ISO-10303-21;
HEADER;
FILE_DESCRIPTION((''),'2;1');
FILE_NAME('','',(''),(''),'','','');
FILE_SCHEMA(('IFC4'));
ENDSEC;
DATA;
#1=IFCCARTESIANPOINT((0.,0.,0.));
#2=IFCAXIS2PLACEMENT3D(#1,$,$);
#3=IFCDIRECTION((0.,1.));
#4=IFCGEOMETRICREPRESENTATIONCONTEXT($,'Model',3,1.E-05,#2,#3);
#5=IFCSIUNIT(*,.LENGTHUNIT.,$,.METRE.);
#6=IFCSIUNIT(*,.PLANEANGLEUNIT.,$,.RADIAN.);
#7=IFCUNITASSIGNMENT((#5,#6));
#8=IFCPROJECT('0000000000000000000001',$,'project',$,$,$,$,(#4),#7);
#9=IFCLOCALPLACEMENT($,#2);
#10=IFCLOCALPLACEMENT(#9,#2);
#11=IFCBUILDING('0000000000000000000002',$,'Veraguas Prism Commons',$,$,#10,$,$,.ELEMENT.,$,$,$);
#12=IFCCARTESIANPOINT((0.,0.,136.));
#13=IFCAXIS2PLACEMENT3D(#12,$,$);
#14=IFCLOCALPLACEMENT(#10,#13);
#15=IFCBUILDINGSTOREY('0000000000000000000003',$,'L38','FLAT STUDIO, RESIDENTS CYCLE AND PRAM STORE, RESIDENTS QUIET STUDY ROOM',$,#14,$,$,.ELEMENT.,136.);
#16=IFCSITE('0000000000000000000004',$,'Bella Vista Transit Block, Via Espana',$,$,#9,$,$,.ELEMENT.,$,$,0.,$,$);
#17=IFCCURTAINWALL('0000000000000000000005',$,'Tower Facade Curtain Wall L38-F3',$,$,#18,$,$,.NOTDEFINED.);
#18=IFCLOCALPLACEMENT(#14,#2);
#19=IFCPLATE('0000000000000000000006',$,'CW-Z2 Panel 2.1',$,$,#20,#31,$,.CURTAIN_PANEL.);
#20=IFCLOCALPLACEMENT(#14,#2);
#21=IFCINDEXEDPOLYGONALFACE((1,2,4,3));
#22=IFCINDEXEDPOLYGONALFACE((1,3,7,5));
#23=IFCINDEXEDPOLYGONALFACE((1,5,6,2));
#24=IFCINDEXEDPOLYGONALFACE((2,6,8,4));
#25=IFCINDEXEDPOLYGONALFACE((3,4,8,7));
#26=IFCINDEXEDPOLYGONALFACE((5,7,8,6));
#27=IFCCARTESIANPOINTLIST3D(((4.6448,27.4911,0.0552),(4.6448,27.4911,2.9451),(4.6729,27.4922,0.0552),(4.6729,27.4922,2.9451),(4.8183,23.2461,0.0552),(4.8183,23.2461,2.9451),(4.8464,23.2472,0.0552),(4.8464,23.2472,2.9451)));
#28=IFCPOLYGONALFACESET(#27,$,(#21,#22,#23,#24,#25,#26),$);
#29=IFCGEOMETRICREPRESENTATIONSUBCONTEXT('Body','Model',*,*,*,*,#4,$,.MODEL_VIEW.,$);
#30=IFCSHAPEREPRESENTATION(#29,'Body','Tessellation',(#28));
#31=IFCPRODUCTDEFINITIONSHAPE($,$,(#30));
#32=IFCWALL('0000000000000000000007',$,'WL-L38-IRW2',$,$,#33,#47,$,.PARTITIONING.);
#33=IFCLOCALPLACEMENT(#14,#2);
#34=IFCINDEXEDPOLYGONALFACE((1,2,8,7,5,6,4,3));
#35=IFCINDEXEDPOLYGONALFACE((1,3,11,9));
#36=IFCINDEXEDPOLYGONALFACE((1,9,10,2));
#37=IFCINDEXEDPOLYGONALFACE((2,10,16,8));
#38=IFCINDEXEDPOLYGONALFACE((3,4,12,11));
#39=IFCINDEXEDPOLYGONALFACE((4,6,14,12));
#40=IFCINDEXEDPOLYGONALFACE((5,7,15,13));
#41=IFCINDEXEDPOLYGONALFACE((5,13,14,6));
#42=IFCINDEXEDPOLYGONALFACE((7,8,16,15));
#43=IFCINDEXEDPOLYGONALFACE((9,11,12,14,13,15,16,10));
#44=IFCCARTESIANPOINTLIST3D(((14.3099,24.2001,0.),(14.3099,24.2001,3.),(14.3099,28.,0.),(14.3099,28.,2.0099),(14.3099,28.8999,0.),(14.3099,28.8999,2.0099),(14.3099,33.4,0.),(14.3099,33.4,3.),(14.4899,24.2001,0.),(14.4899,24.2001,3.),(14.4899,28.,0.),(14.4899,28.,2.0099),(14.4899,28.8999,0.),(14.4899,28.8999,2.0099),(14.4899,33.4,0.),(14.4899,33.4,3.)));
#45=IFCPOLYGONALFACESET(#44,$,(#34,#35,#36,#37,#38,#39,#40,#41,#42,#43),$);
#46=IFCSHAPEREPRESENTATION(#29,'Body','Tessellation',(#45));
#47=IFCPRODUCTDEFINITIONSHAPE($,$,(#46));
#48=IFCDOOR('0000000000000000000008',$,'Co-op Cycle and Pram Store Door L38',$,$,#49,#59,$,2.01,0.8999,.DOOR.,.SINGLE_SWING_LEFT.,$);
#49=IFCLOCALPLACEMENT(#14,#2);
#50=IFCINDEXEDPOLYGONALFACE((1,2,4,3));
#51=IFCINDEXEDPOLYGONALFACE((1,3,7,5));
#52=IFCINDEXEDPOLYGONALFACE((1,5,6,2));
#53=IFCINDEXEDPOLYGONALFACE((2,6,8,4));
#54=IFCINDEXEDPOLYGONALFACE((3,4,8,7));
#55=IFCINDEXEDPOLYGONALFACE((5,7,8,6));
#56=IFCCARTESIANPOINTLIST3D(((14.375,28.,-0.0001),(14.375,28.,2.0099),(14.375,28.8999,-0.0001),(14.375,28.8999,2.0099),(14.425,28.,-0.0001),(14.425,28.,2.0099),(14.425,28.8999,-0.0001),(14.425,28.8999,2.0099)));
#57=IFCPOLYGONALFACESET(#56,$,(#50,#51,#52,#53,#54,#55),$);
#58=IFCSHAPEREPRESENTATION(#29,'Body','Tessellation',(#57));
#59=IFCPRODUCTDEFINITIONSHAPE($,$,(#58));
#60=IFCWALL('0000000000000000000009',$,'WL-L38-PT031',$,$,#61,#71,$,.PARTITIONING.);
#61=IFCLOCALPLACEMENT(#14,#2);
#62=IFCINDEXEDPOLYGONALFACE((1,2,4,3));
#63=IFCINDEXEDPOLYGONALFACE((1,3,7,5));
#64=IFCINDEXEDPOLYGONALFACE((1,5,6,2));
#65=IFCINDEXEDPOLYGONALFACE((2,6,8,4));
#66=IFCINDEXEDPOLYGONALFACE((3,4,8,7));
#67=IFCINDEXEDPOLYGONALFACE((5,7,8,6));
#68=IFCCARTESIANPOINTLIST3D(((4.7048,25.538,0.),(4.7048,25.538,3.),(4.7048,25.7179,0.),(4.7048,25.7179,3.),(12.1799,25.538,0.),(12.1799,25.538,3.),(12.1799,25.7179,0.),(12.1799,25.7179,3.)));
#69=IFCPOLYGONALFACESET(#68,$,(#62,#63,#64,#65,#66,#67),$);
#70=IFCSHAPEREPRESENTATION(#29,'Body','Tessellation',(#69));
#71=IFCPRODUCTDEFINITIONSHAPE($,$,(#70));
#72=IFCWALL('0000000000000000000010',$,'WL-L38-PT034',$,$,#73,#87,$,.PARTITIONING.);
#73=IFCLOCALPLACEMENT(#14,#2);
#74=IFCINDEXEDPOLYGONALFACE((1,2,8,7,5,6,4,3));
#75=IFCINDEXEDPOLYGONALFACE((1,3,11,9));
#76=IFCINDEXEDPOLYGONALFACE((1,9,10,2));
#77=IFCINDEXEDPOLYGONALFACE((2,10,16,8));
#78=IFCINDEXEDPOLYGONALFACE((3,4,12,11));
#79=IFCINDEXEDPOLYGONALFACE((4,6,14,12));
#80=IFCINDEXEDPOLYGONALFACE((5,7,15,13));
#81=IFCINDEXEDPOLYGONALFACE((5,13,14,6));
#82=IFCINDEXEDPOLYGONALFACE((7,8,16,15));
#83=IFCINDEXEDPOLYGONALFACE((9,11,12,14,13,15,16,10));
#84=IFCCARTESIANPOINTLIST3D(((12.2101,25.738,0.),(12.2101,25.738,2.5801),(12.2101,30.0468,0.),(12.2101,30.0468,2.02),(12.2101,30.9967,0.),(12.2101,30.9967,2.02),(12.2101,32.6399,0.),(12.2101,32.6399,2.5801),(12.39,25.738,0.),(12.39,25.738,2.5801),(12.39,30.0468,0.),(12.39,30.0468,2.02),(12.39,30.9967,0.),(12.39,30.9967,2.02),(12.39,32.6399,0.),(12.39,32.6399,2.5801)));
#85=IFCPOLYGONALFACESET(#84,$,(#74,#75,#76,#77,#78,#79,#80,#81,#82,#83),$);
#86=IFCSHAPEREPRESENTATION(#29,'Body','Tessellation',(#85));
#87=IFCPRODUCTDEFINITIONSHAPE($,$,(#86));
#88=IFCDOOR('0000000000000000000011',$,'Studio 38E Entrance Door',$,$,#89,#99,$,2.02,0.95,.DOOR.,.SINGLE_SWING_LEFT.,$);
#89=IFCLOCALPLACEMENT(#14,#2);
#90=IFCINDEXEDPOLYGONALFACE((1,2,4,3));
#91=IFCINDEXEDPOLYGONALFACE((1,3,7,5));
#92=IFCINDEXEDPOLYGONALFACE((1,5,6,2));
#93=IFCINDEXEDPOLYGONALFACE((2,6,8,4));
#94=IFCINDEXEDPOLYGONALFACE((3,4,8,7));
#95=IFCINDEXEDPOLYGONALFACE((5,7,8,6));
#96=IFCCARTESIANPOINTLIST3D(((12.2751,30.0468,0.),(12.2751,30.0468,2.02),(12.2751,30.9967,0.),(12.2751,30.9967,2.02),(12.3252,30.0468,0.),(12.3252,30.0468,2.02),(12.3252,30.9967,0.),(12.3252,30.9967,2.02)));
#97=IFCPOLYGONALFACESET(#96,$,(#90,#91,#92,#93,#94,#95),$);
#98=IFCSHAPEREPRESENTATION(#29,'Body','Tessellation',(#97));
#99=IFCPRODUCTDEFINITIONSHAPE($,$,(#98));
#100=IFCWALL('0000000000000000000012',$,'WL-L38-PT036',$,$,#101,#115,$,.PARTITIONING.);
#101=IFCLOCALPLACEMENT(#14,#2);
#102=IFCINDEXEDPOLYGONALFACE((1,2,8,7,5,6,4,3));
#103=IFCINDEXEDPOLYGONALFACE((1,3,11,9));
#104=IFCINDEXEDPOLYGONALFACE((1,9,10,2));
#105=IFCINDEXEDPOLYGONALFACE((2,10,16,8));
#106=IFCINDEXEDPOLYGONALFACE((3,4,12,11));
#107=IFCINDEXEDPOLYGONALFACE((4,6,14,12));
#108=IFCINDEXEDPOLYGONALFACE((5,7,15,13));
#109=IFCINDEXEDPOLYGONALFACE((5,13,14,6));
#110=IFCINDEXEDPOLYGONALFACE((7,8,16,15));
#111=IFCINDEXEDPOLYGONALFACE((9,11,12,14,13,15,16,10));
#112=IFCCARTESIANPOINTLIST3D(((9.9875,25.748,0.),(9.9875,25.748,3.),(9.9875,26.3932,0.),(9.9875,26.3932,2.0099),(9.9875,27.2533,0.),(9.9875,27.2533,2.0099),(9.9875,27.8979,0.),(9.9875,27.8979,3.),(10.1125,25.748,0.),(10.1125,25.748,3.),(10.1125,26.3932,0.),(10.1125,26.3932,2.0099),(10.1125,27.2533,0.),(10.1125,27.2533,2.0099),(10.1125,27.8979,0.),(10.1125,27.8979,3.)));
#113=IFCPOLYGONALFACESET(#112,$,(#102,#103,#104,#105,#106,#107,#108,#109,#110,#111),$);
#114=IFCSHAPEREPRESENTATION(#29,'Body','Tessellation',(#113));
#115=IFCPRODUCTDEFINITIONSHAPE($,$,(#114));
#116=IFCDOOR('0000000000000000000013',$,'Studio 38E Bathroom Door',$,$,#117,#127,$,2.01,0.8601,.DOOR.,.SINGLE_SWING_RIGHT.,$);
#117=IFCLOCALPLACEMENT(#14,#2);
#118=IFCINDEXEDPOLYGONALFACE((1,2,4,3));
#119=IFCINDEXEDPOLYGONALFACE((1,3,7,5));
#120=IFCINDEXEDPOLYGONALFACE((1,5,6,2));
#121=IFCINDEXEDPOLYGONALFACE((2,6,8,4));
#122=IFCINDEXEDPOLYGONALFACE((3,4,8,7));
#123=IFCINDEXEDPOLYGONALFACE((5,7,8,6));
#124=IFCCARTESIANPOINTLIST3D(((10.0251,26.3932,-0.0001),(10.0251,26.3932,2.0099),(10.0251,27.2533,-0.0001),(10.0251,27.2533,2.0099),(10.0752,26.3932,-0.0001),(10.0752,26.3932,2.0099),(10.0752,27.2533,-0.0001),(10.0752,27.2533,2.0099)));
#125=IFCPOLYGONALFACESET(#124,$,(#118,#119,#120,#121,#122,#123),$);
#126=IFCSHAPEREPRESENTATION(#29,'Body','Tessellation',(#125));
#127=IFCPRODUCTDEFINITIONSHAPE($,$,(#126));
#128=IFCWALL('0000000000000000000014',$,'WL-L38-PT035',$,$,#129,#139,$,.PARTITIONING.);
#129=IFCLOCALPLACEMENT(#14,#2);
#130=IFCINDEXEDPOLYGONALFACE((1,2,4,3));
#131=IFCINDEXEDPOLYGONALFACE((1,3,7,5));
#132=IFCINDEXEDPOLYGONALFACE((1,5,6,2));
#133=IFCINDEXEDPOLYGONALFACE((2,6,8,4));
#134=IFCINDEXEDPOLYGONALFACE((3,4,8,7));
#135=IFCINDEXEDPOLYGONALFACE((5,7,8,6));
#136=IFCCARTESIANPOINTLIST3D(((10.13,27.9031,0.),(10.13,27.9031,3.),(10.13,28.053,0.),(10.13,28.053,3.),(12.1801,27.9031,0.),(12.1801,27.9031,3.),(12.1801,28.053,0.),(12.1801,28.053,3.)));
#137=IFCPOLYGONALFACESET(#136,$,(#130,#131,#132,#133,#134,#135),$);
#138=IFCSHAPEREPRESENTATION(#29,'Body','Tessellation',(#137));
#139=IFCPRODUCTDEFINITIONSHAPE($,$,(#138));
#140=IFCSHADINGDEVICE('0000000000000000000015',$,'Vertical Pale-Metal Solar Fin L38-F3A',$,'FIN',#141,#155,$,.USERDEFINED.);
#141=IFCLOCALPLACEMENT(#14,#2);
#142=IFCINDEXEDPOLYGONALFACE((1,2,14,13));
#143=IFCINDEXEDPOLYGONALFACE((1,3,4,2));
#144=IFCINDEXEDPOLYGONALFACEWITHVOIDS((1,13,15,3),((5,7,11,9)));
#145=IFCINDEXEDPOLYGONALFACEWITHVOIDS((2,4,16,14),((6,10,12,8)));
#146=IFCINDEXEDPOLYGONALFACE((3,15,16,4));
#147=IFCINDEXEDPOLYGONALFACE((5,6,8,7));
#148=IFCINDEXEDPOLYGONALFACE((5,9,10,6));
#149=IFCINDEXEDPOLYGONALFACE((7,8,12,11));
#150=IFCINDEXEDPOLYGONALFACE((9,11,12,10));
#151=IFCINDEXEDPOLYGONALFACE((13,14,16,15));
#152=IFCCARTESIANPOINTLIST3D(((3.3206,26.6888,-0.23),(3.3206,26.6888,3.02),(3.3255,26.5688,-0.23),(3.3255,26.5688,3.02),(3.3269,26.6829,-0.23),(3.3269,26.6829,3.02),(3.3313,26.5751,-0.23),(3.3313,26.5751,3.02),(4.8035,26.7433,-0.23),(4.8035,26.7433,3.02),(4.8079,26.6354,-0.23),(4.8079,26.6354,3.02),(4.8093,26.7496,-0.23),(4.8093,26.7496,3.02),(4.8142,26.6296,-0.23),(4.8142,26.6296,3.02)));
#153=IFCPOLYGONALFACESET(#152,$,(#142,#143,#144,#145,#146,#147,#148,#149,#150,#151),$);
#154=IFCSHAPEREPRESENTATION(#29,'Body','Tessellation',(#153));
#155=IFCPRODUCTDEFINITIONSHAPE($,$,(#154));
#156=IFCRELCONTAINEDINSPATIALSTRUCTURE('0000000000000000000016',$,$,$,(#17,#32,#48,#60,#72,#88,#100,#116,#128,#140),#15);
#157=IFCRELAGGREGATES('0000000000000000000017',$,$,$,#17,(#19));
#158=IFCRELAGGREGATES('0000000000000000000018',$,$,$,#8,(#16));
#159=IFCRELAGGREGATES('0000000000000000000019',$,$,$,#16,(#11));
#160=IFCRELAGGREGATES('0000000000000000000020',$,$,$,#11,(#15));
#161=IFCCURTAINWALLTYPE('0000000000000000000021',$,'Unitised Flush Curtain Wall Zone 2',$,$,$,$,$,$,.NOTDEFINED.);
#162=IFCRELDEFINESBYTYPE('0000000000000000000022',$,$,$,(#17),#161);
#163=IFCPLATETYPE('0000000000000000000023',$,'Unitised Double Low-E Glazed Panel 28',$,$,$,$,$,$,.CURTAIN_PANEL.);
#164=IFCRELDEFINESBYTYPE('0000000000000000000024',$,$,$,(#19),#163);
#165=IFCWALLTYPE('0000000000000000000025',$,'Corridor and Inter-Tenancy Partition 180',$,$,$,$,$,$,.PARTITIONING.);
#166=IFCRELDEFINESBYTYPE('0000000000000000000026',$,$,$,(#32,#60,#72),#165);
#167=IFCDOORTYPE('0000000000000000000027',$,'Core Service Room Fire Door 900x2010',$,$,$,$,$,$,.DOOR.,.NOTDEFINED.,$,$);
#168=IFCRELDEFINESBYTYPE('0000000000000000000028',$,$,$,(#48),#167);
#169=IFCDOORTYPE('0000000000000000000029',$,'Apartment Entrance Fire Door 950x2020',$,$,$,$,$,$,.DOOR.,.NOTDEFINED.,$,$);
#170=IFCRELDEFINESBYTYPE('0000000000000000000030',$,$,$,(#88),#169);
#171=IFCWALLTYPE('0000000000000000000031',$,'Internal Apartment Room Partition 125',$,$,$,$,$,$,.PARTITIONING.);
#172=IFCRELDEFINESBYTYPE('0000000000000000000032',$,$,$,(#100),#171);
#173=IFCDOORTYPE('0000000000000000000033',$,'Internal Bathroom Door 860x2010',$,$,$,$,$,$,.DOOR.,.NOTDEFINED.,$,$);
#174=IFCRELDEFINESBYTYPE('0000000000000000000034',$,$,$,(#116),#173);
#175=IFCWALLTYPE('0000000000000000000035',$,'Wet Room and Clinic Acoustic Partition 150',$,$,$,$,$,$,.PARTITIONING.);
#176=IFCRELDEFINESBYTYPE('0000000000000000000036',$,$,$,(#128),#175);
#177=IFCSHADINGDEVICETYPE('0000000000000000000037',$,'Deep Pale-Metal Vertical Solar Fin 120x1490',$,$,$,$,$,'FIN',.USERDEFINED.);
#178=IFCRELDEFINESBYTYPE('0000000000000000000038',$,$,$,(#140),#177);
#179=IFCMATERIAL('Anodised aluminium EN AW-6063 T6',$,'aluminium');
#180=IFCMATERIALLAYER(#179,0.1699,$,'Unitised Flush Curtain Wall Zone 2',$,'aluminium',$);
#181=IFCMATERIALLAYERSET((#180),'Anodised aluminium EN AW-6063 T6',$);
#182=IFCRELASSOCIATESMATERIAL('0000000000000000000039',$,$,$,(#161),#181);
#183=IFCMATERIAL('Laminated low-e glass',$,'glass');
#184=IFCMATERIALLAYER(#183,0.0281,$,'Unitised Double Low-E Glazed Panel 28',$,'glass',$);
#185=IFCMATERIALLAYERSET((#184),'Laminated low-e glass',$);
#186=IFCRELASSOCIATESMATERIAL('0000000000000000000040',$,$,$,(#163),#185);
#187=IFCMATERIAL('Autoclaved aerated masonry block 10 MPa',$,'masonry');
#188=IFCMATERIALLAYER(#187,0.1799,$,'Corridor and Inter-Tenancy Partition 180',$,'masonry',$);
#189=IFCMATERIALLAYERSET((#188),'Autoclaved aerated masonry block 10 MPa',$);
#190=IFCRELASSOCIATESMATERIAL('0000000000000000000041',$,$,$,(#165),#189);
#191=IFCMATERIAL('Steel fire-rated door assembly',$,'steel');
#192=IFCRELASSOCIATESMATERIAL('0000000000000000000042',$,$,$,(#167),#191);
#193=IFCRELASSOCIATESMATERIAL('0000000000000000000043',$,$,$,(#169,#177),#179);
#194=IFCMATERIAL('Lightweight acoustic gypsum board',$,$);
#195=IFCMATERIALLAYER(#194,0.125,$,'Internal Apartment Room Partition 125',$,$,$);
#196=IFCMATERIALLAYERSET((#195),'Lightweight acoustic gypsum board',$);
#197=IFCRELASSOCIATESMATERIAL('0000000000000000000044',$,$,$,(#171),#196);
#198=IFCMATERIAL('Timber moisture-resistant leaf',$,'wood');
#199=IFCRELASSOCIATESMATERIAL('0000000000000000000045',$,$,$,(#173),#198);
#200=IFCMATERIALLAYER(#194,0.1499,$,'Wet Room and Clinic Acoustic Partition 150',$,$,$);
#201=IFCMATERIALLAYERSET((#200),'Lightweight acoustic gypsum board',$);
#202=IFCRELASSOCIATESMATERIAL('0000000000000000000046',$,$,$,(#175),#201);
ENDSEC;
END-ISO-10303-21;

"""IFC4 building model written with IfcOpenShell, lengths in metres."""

from ifc_helpers import new_model, si_unit, direction, frame, frame_2d, origin, origin_2d, place, context, subcontext, project, spatial, rectangle, hollow_rectangle, extrude, source, transform, mapped, material, layer, layer_set, material_profile, profile_set, type_object, element, fill, aggregate, save


model = new_model("IFC4")

# Units and contexts
model_context = context("Model", 3, precision=1e-05, world=origin(), true_north=direction((0.0, 1.0)))
body_context = subcontext(model_context, "Body", "Model", "MODEL_VIEW")
ifc_project = project(units=[si_unit("LENGTHUNIT", "METRE"), si_unit("PLANEANGLEUNIT", "RADIAN")], contexts=[model_context])

# Site, building, storey
site_placement = place(None, origin())
site = spatial("IfcSite", under=ifc_project, at=site_placement, Name="Bella Vista Transit Block, Via Espana", CompositionType="ELEMENT", RefElevation=0.0)
building_placement = place(site_placement, origin())
building = spatial("IfcBuilding", under=site, at=building_placement, Name="Veraguas Prism Commons", CompositionType="ELEMENT")
storey_placement = place(building_placement, frame((0.0, 0.0, 136.0)))
storey = spatial("IfcBuildingStorey", under=building, at=storey_placement, Name="L38", Description="FLAT STUDIO, RESIDENTS CYCLE AND PRAM STORE, RESIDENTS QUIET STUDY ROOM", CompositionType="ELEMENT", Elevation=136.0)

# Curtain wall, plate
ifc_material_1 = material(Name="Anodised aluminium EN AW-6063 T6", Category="aluminium")
ifc_layer_1 = layer(ifc_material_1, 0.1699, Name="Unitised Flush Curtain Wall Zone 2", Category="aluminium")
ifc_layer_set_1 = layer_set([ifc_layer_1], Name="Anodised aluminium EN AW-6063 T6")
curtain_wall_type = type_object("IfcCurtainWallType", Name="Unitised Flush Curtain Wall Zone 2", PredefinedType="NOTDEFINED", material=ifc_layer_set_1)
curtain_wall_placement = place(storey_placement, origin())
curtain_wall = element("IfcCurtainWall", 1, at=curtain_wall_placement, inside=storey, type_object=curtain_wall_type, Name="Tower Facade Curtain Wall L38-F3", PredefinedType="NOTDEFINED")
ifc_material_2 = material(Name="Laminated low-e glass", Category="glass")
ifc_layer_2 = layer(ifc_material_2, 0.0281, Name="Unitised Double Low-E Glazed Panel 28", Category="glass")
ifc_layer_set_2 = layer_set([ifc_layer_2], Name="Laminated low-e glass")
plate_type = type_object("IfcPlateType", Name="Unitised Double Low-E Glazed Panel 28", PredefinedType="CURTAIN_PANEL", material=ifc_layer_set_2)
shared_shape_1 = source(origin(), body_context, "Body", "SweptSolid", [
    extrude(rectangle(XDim=4.2485, YDim=0.0281, at=origin_2d()), origin(), (0.0, 0.0, 1.0), 2.8899),
])
plate_1_placement = place(storey_placement, frame((4.7456, 25.3691, 0.0552), z_axis=(0.0, 0.0, 1.0), x_axis=(0.040836, -0.999166, 0.0)))
plate_1 = element("IfcPlate", 2, at=plate_1_placement, type_object=plate_type, Name="CW-Z2 Panel 2.1", PredefinedType="CURTAIN_PANEL", context=body_context, shape_type="MappedRepresentation", body=[
    mapped(shared_shape_1, transform((0.0, 0.0, 0.0), scale=1.0)),
])
aggregate(curtain_wall, [plate_1])

# Wall, opening, door
ifc_material_3 = material(Name="Autoclaved aerated masonry block 10 MPa", Category="masonry")
ifc_layer_3 = layer(ifc_material_3, 0.1799, Name="Corridor and Inter-Tenancy Partition 180", Category="masonry")
ifc_layer_set_3 = layer_set([ifc_layer_3], Name="Autoclaved aerated masonry block 10 MPa")
wall_type_1 = type_object("IfcWallType", Name="Corridor and Inter-Tenancy Partition 180", PredefinedType="PARTITIONING", material=ifc_layer_set_3)
wall_1_placement = place(storey_placement, frame((14.3999, 24.2, 0.0), z_axis=(0.0, 0.0, 1.0), x_axis=(0.0, 1.0, 0.0)))
wall_1 = element("IfcWall", 3, at=wall_1_placement, inside=storey, type_object=wall_type_1, Name="WL-L38-IRW2", PredefinedType="PARTITIONING", context=body_context, shape_type="SweptSolid", body=[
    extrude(rectangle(XDim=9.2, YDim=0.1799, at=frame_2d((4.6001, 0.0))), origin(), (0.0, 0.0, 1.0), 3.0),
])
opening_1_placement = place(wall_1_placement, frame((3.8, 0.0, 0.0)))
opening_1 = element("IfcOpeningElement", 4, at=opening_1_placement, cuts=wall_1, PredefinedType="OPENING", context=body_context, shape_type="SweptSolid", body=[
    extrude(rectangle(XDim=0.8999, YDim=2.01, at=frame_2d((0.45, 1.0049))), frame((0.0, 0.0999, 0.0), z_axis=(0.0, -1.0, 0.0), x_axis=(1.0, 0.0, 0.0)), (0.0, 0.0, 1.0), 0.2),
])
ifc_material_4 = material(Name="Steel fire-rated door assembly", Category="steel")
door_type_1 = type_object("IfcDoorType", Name="Core Service Room Fire Door 900x2010", OperationType="NOTDEFINED", PredefinedType="DOOR", material=ifc_material_4)
shared_shape_2 = source(origin(), body_context, "Body", "SweptSolid", [
    extrude(rectangle(XDim=0.8999, YDim=2.01, at=frame_2d((0.45, 1.0049))), frame((0.0, 0.0249, 0.0), z_axis=(0.0, -1.0, 0.0), x_axis=(1.0, 0.0, 0.0)), (0.0, 0.0, 1.0), 0.05),
])
door_1_placement = place(opening_1_placement, origin())
door_1 = element("IfcDoor", 5, at=door_1_placement, inside=storey, type_object=door_type_1, Name="Co-op Cycle and Pram Store Door L38", OperationType="SINGLE_SWING_LEFT", OverallHeight=2.01, OverallWidth=0.8999, PredefinedType="DOOR", context=body_context, shape_type="MappedRepresentation", body=[
    mapped(shared_shape_2, transform((0.0, 0.0, 0.0), scale=1.0)),
])
fill(opening_1, door_1)

# Wall
wall_2_placement = place(storey_placement, frame((12.1799, 25.6279, 0.0), z_axis=(0.0, 0.0, 1.0), x_axis=(-1.0, 0.0, 0.0)))
element("IfcWall", 6, at=wall_2_placement, inside=storey, type_object=wall_type_1, Name="WL-L38-PT031", PredefinedType="PARTITIONING", context=body_context, shape_type="SweptSolid", body=[
    extrude(rectangle(XDim=7.4751, YDim=0.1799, at=frame_2d((3.7375, 0.0))), origin(), (0.0, 0.0, 1.0), 3.0),
])

# Walls, openings, doors
wall_3_placement = place(storey_placement, frame((12.3, 25.738, 0.0), z_axis=(0.0, 0.0, 1.0), x_axis=(0.0, 1.0, 0.0)))
wall_3 = element("IfcWall", 7, at=wall_3_placement, inside=storey, type_object=wall_type_1, Name="WL-L38-PT034", PredefinedType="PARTITIONING", context=body_context, shape_type="SweptSolid", body=[
    extrude(rectangle(XDim=6.9019, YDim=0.1799, at=frame_2d((3.4509, 0.0))), origin(), (0.0, 0.0, 1.0), 2.5801),
])
opening_2_placement = place(wall_3_placement, frame((4.3086, 0.0, 0.0)))
opening_2 = element("IfcOpeningElement", 8, at=opening_2_placement, cuts=wall_3, PredefinedType="OPENING", context=body_context, shape_type="SweptSolid", body=[
    extrude(rectangle(XDim=0.95, YDim=2.02, at=frame_2d((0.4751, 1.01))), frame((0.0, 0.0999, 0.0), z_axis=(0.0, -1.0, 0.0), x_axis=(1.0, 0.0, 0.0)), (0.0, 0.0, 1.0), 0.2),
])
door_type_2 = type_object("IfcDoorType", Name="Apartment Entrance Fire Door 950x2020", OperationType="NOTDEFINED", PredefinedType="DOOR", material=ifc_material_1)
shared_shape_3 = source(origin(), body_context, "Body", "SweptSolid", [
    extrude(rectangle(XDim=0.95, YDim=2.02, at=frame_2d((0.4751, 1.01))), frame((0.0, 0.0249, 0.0), z_axis=(0.0, -1.0, 0.0), x_axis=(1.0, 0.0, 0.0)), (0.0, 0.0, 1.0), 0.05),
])
door_2_placement = place(opening_2_placement, origin())
door_2 = element("IfcDoor", 9, at=door_2_placement, inside=storey, type_object=door_type_2, Name="Studio 38E Entrance Door", OperationType="SINGLE_SWING_LEFT", OverallHeight=2.02, OverallWidth=0.95, PredefinedType="DOOR", context=body_context, shape_type="MappedRepresentation", body=[
    mapped(shared_shape_3, transform((0.0, 0.0, 0.0), scale=1.0)),
])
fill(opening_2, door_2)
ifc_material_5 = material(Name="Lightweight acoustic gypsum board")
ifc_layer_4 = layer(ifc_material_5, 0.125, Name="Internal Apartment Room Partition 125")
ifc_layer_set_4 = layer_set([ifc_layer_4], Name="Lightweight acoustic gypsum board")
wall_type_2 = type_object("IfcWallType", Name="Internal Apartment Room Partition 125", PredefinedType="PARTITIONING", material=ifc_layer_set_4)
wall_4_placement = place(storey_placement, frame((10.05, 25.748, 0.0), z_axis=(0.0, 0.0, 1.0), x_axis=(0.0, 1.0, 0.0)))
wall_4 = element("IfcWall", 10, at=wall_4_placement, inside=storey, type_object=wall_type_2, Name="WL-L38-PT036", PredefinedType="PARTITIONING", context=body_context, shape_type="SweptSolid", body=[
    extrude(rectangle(XDim=2.1499, YDim=0.125, at=frame_2d((1.075, 0.0))), origin(), (0.0, 0.0, 1.0), 3.0),
])
opening_3_placement = place(wall_4_placement, frame((0.645, 0.0, 0.0)))
opening_3 = element("IfcOpeningElement", 11, at=opening_3_placement, cuts=wall_4, PredefinedType="OPENING", context=body_context, shape_type="SweptSolid", body=[
    extrude(rectangle(XDim=0.8601, YDim=2.01, at=frame_2d((0.4302, 1.0049))), frame((0.0, 0.0725, 0.0), z_axis=(0.0, -1.0, 0.0), x_axis=(1.0, 0.0, 0.0)), (0.0, 0.0, 1.0), 0.145),
])
ifc_material_6 = material(Name="Timber moisture-resistant leaf", Category="wood")
door_type_3 = type_object("IfcDoorType", Name="Internal Bathroom Door 860x2010", OperationType="NOTDEFINED", PredefinedType="DOOR", material=ifc_material_6)
shared_shape_4 = source(origin(), body_context, "Body", "SweptSolid", [
    extrude(rectangle(XDim=0.8601, YDim=2.01, at=frame_2d((0.4302, 1.0049))), frame((0.0, 0.0249, 0.0), z_axis=(0.0, -1.0, 0.0), x_axis=(1.0, 0.0, 0.0)), (0.0, 0.0, 1.0), 0.05),
])
door_3_placement = place(opening_3_placement, origin())
door_3 = element("IfcDoor", 12, at=door_3_placement, inside=storey, type_object=door_type_3, Name="Studio 38E Bathroom Door", OperationType="SINGLE_SWING_RIGHT", OverallHeight=2.01, OverallWidth=0.8601, PredefinedType="DOOR", context=body_context, shape_type="MappedRepresentation", body=[
    mapped(shared_shape_4, transform((0.0, 0.0, 0.0), scale=1.0)),
])
fill(opening_3, door_3)

# Wall
ifc_layer_5 = layer(ifc_material_5, 0.1499, Name="Wet Room and Clinic Acoustic Partition 150")
ifc_layer_set_5 = layer_set([ifc_layer_5], Name="Lightweight acoustic gypsum board")
wall_type_3 = type_object("IfcWallType", Name="Wet Room and Clinic Acoustic Partition 150", PredefinedType="PARTITIONING", material=ifc_layer_set_5)
wall_5_placement = place(storey_placement, frame((12.1799, 27.978, 0.0), z_axis=(0.0, 0.0, 1.0), x_axis=(-1.0, 0.0, 0.0)))
element("IfcWall", 13, at=wall_5_placement, inside=storey, type_object=wall_type_3, Name="WL-L38-PT035", PredefinedType="PARTITIONING", context=body_context, shape_type="SweptSolid", body=[
    extrude(rectangle(XDim=2.05, YDim=0.1499, at=frame_2d((1.0249, 0.0))), origin(), (0.0, 0.0, 1.0), 3.0),
])

# Shading device
ifc_material_profile_1 = material_profile(ifc_material_1, hollow_rectangle(XDim=0.1201, YDim=1.49, WallThickness=0.0061, at=origin_2d()), Name="FIN120X1490X6")
ifc_profile_set_1 = profile_set([ifc_material_profile_1], Name="Anodised aluminium EN AW-6063 T6")
shading_device_type = type_object("IfcShadingDeviceType", Name="Deep Pale-Metal Vertical Solar Fin 120x1490", ElementType="FIN", PredefinedType="USERDEFINED", material=ifc_profile_set_1)
shading_device_placement = place(storey_placement, frame((4.0674, 26.6592, -0.23), z_axis=(0.0, 0.0, 1.0), x_axis=(0.040831, -0.999166, 0.0)))
element("IfcShadingDevice", 14, at=shading_device_placement, inside=storey, type_object=shading_device_type, Name="Vertical Pale-Metal Solar Fin L38-F3A", ObjectType="FIN", PredefinedType="USERDEFINED", context=body_context, shape_type="SweptSolid", body=[
    extrude(hollow_rectangle(XDim=0.1201, YDim=1.49, WallThickness=0.0061, at=origin_2d()), origin(), (0.0, 0.0, 1.0), 3.25),
])

save(model, "model.ifc")
